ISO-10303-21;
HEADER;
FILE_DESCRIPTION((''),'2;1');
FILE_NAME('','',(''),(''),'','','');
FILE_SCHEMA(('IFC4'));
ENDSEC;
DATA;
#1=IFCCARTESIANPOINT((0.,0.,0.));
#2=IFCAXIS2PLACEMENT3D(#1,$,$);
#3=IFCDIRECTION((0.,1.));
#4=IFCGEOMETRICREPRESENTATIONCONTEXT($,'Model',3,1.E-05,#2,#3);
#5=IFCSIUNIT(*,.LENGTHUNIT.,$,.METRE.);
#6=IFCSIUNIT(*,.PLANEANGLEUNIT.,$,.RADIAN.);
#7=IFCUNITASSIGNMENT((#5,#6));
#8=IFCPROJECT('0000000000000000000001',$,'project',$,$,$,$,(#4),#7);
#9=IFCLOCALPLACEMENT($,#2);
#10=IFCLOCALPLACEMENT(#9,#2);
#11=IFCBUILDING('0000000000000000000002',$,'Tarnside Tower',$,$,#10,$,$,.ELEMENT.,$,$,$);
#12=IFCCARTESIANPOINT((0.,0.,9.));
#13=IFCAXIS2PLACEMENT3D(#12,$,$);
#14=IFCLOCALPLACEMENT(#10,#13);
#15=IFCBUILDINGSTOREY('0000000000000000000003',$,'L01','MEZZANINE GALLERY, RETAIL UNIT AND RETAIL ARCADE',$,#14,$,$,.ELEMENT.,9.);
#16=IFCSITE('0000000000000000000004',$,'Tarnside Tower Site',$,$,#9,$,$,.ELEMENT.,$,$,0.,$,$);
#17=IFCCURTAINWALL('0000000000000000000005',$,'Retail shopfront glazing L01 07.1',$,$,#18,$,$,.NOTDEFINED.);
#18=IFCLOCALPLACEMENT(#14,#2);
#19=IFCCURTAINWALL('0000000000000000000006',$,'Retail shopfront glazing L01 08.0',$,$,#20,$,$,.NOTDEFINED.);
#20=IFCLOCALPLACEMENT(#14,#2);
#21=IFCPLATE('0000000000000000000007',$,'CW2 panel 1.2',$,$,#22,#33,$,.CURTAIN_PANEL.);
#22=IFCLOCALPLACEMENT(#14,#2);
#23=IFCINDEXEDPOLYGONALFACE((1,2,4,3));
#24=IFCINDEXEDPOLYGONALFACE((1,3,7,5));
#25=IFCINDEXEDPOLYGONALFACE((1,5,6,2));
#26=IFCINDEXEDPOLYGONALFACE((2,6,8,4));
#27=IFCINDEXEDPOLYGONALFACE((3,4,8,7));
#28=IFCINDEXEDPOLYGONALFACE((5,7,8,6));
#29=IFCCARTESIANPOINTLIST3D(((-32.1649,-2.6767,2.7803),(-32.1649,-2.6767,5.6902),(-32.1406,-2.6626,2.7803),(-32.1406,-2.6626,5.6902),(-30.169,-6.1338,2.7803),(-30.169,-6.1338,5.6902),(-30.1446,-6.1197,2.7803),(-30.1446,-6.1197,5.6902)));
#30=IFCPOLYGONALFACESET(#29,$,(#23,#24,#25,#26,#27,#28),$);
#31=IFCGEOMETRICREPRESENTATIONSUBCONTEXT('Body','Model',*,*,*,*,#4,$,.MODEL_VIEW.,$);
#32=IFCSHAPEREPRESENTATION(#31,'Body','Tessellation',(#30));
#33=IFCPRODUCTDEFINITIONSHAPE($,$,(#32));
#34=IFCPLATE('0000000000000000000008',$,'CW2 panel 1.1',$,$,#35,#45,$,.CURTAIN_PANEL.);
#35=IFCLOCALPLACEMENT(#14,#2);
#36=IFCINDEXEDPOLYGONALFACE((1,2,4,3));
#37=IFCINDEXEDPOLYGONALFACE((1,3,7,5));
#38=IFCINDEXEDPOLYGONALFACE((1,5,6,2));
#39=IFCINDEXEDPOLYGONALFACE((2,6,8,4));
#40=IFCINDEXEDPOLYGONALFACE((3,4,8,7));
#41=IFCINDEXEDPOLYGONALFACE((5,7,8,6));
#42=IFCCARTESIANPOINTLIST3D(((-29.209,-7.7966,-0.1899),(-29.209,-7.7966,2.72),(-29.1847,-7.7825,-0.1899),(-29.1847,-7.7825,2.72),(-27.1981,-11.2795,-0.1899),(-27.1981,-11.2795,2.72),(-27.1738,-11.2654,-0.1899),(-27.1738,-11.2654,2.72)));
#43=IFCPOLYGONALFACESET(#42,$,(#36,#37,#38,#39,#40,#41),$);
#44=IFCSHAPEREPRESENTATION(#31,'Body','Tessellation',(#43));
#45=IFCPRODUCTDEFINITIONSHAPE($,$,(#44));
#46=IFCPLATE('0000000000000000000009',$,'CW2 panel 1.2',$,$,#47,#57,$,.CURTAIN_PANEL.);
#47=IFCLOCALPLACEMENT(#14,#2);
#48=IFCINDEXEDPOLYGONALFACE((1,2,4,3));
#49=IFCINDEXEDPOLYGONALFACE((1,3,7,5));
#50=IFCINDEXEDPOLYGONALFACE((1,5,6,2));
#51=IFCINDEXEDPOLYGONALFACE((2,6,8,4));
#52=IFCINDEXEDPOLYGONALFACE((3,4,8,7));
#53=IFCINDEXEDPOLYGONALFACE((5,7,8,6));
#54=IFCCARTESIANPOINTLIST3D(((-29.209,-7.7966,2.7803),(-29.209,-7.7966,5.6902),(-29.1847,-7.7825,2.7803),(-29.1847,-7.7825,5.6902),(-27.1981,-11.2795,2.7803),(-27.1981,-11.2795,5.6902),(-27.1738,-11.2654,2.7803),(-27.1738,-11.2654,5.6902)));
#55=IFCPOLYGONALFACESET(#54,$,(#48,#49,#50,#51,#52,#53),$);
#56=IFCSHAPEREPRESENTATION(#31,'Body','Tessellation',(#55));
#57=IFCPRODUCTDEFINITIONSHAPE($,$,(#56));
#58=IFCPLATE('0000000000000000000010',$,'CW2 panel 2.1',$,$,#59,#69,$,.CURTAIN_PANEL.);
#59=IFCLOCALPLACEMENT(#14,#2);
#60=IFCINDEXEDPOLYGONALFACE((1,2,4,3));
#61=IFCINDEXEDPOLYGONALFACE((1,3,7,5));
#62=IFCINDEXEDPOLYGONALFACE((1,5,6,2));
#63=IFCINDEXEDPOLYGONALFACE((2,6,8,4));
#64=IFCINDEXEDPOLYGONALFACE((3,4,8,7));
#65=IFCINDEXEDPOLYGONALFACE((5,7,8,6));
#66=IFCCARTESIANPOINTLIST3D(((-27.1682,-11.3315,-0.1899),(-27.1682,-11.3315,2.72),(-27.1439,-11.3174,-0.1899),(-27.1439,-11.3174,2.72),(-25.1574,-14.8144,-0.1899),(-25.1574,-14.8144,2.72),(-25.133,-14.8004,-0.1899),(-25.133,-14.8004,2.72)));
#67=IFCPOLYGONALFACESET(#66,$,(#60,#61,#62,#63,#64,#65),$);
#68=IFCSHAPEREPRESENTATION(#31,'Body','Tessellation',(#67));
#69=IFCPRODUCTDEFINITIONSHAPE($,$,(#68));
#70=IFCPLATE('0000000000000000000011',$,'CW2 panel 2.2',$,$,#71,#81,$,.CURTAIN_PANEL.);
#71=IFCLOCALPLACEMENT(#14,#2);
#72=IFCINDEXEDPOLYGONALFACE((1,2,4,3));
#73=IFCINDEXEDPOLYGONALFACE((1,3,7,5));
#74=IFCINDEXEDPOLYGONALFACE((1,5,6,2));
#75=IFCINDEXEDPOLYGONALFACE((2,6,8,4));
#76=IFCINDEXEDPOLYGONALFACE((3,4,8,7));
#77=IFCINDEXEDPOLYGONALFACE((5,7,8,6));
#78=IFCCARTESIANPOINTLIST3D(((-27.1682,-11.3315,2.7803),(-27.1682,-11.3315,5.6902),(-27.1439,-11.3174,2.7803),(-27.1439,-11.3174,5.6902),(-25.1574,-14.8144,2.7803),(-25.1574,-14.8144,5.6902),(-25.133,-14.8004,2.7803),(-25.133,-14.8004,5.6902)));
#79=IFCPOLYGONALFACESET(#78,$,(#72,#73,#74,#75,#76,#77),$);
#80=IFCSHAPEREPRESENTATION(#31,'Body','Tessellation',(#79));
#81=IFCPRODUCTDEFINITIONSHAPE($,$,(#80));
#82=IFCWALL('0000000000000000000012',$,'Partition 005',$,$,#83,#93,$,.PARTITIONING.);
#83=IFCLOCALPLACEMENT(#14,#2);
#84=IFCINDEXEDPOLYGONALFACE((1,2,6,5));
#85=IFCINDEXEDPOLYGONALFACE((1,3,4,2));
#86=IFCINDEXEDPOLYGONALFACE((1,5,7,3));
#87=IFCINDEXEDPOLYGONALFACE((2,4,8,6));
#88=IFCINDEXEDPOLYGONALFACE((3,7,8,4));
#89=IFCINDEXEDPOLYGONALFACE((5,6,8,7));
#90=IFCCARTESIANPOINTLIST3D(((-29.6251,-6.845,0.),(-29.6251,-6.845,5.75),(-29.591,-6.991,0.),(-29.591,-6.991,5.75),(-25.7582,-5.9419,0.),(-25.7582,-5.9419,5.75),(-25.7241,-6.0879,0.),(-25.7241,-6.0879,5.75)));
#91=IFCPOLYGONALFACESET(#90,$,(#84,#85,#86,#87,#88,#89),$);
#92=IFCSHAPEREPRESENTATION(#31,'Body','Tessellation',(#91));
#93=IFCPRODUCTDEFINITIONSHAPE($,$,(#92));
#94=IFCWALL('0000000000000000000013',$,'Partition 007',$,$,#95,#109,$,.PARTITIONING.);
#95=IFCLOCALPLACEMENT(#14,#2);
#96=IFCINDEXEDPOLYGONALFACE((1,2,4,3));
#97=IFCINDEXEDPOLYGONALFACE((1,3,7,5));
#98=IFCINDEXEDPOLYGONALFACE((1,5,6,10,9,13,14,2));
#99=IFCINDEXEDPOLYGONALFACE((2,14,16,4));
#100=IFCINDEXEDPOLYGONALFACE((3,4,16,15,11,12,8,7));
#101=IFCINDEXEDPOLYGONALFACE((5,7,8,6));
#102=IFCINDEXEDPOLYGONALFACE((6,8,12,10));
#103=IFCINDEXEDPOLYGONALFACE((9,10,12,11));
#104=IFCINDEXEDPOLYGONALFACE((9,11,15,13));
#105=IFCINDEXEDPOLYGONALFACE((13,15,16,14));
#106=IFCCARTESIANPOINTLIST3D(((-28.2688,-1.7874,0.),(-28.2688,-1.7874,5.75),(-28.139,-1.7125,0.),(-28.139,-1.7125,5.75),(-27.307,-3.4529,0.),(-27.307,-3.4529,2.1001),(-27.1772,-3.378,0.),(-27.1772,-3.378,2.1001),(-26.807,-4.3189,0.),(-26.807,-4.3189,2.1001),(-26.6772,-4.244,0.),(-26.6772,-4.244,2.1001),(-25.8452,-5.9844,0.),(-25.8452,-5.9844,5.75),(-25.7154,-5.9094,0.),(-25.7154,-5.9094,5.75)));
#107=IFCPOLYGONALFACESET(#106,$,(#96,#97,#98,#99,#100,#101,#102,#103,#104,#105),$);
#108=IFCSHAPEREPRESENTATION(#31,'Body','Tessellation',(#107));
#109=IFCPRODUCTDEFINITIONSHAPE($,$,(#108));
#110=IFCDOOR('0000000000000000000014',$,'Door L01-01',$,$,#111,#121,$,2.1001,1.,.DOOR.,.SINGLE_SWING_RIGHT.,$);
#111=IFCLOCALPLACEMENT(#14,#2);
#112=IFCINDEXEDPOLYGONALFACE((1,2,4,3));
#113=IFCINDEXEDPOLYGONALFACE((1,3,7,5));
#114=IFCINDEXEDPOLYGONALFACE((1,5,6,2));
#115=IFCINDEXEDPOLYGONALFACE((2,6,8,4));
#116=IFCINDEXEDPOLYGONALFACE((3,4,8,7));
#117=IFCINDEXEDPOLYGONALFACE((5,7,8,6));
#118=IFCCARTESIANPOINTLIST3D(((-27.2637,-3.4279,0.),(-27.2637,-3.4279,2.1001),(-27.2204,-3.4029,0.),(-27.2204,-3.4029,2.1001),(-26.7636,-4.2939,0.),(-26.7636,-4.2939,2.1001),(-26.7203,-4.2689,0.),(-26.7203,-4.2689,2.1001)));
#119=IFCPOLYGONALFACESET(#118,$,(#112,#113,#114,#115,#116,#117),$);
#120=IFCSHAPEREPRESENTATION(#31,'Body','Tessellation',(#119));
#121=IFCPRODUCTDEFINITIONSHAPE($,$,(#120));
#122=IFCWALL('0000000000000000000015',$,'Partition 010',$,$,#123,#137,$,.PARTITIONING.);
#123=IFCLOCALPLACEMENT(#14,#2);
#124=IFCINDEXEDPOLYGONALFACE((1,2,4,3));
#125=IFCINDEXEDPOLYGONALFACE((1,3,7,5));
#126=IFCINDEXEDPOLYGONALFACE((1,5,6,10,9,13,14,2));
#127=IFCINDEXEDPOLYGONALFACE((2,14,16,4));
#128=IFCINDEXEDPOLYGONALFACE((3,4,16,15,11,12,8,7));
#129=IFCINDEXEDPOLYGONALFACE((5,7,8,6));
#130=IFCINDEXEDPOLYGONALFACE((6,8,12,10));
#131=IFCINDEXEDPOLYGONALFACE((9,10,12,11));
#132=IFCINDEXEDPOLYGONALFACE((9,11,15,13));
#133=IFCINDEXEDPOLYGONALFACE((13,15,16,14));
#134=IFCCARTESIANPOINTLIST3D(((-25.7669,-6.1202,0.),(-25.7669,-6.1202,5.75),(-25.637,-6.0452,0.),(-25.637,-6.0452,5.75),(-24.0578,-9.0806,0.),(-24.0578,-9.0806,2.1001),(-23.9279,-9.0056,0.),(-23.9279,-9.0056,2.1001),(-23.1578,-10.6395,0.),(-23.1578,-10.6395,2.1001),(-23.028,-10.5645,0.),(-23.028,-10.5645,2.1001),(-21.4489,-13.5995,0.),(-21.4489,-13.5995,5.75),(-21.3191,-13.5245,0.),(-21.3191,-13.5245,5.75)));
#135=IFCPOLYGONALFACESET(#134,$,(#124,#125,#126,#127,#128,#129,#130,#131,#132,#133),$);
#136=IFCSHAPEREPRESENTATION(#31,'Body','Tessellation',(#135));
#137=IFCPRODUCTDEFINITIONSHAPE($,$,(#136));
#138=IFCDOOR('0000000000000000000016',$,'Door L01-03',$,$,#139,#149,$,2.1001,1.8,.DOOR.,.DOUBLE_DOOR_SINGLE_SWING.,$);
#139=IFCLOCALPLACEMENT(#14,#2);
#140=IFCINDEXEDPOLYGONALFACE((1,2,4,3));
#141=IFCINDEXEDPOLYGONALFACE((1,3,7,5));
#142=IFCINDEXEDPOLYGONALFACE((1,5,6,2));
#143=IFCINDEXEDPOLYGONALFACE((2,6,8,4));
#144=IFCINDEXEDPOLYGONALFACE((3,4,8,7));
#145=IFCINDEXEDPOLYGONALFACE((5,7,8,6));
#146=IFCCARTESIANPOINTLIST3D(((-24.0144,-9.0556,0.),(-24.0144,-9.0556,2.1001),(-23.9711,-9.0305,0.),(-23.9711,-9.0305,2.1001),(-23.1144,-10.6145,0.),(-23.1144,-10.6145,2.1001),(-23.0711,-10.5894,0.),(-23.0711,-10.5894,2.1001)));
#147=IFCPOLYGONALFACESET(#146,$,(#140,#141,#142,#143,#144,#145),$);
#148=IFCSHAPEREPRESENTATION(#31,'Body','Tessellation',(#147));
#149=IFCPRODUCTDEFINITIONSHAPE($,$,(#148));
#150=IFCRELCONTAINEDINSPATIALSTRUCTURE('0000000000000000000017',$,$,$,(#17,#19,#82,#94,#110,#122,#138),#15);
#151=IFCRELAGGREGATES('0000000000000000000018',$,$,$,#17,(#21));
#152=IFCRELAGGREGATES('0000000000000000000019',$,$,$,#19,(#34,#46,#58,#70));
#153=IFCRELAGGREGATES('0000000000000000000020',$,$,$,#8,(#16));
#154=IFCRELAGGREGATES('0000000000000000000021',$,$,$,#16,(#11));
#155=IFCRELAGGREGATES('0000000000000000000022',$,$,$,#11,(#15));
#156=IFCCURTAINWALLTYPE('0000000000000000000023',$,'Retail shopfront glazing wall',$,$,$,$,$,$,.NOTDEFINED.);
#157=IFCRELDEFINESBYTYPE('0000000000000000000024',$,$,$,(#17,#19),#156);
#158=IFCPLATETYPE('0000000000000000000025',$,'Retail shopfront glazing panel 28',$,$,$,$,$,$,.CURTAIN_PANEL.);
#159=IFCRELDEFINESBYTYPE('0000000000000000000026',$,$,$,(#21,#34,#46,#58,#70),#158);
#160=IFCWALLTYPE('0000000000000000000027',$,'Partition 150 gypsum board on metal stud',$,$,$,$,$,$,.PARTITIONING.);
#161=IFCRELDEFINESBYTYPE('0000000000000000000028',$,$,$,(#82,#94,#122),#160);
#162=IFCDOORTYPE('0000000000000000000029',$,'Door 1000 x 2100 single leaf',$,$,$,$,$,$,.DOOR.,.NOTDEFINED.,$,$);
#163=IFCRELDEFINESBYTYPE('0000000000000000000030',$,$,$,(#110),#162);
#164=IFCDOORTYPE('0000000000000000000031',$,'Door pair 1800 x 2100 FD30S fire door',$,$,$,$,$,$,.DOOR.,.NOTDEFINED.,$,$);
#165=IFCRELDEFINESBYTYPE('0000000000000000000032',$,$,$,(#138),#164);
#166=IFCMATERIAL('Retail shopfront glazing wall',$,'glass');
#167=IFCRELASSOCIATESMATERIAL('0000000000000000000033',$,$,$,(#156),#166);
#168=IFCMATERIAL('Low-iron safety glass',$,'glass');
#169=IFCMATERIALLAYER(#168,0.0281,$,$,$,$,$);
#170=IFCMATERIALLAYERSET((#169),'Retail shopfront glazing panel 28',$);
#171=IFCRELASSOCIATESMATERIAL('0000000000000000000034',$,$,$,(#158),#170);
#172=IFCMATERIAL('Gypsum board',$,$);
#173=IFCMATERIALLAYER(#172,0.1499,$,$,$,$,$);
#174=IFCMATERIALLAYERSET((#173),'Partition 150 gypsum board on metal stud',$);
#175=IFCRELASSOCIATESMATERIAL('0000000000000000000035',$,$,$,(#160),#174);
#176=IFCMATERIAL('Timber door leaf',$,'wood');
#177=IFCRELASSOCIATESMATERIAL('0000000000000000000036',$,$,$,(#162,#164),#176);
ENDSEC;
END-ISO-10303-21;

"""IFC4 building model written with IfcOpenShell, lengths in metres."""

from ifc_helpers import new_model, si_unit, direction, frame, frame_2d, origin, origin_2d, place, context, subcontext, project, spatial, rectangle, extrude, material, layer, layer_set, type_object, element, fill, aggregate, save


model = new_model("IFC4")

# Units and contexts
model_context = context("Model", 3, precision=1e-05, world=origin(), true_north=direction((0.0, 1.0)))
body_context = subcontext(model_context, "Body", "Model", "MODEL_VIEW")
ifc_project = project(units=[si_unit("LENGTHUNIT", "METRE"), si_unit("PLANEANGLEUNIT", "RADIAN")], contexts=[model_context])

# Site, building, storey
site_placement = place(None, origin())
site = spatial("IfcSite", under=ifc_project, at=site_placement, Name="Tarnside Tower Site", CompositionType="ELEMENT", RefElevation=0.0)
building_placement = place(site_placement, origin())
building = spatial("IfcBuilding", under=site, at=building_placement, Name="Tarnside Tower", CompositionType="ELEMENT")
storey_placement = place(building_placement, frame((0.0, 0.0, 9.0)))
storey = spatial("IfcBuildingStorey", under=building, at=storey_placement, Name="L01", Description="MEZZANINE GALLERY, RETAIL UNIT AND RETAIL ARCADE", CompositionType="ELEMENT", Elevation=9.0)

# Curtain wall
ifc_material_1 = material(Name="Retail shopfront glazing wall", Category="glass")
curtain_wall_type = type_object("IfcCurtainWallType", Name="Retail shopfront glazing wall", PredefinedType="NOTDEFINED", material=ifc_material_1)
curtain_wall_1_placement = place(storey_placement, origin())
curtain_wall_1 = element("IfcCurtainWall", 1, at=curtain_wall_1_placement, inside=storey, type_object=curtain_wall_type, Name="Retail shopfront glazing L01 07.1", PredefinedType="NOTDEFINED")

# Curtain wall
curtain_wall_2_placement = place(storey_placement, origin())
curtain_wall_2 = element("IfcCurtainWall", 2, at=curtain_wall_2_placement, inside=storey, type_object=curtain_wall_type, Name="Retail shopfront glazing L01 08.0", PredefinedType="NOTDEFINED")

# Plates
ifc_material_2 = material(Name="Low-iron safety glass", Category="glass")
ifc_layer_1 = layer(ifc_material_2, 0.0281)
ifc_layer_set_1 = layer_set([ifc_layer_1], Name="Retail shopfront glazing panel 28")
plate_type = type_object("IfcPlateType", Name="Retail shopfront glazing panel 28", PredefinedType="CURTAIN_PANEL", material=ifc_layer_set_1)
plate_1_placement = place(storey_placement, frame((-31.1548, -4.3982, 2.7803), z_axis=(0.0, 0.0, 1.0), x_axis=(0.5, -0.866025, 0.0)))
plate_1 = element("IfcPlate", 3, at=plate_1_placement, type_object=plate_type, Name="CW2 panel 1.2", PredefinedType="CURTAIN_PANEL", context=body_context, shape_type="SweptSolid", body=[
    extrude(rectangle(XDim=3.9919, YDim=0.0281, at=origin_2d()), origin(), (0.0, 0.0, 1.0), 2.9099),
])
aggregate(curtain_wall_1, [plate_1])
plate_2_placement = place(storey_placement, frame((-28.1914, -9.531, -0.1899), z_axis=(0.0, 0.0, 1.0), x_axis=(0.5, -0.866025, 0.0)))
plate_2 = element("IfcPlate", 4, at=plate_2_placement, type_object=plate_type, Name="CW2 panel 1.1", PredefinedType="CURTAIN_PANEL", context=body_context, shape_type="SweptSolid", body=[
    extrude(rectangle(XDim=4.0217, YDim=0.0281, at=origin_2d()), origin(), (0.0, 0.0, 1.0), 2.9099),
])
plate_3_placement = place(storey_placement, frame((-28.1914, -9.531, 2.7803), z_axis=(0.0, 0.0, 1.0), x_axis=(0.5, -0.866025, 0.0)))
plate_3 = element("IfcPlate", 5, at=plate_3_placement, type_object=plate_type, Name="CW2 panel 1.2", PredefinedType="CURTAIN_PANEL", context=body_context, shape_type="SweptSolid", body=[
    extrude(rectangle(XDim=4.0217, YDim=0.0281, at=origin_2d()), origin(), (0.0, 0.0, 1.0), 2.9099),
])
plate_4_placement = place(storey_placement, frame((-26.1506, -13.0659, -0.1899), z_axis=(0.0, 0.0, 1.0), x_axis=(0.5, -0.866025, 0.0)))
plate_4 = element("IfcPlate", 6, at=plate_4_placement, type_object=plate_type, Name="CW2 panel 2.1", PredefinedType="CURTAIN_PANEL", context=body_context, shape_type="SweptSolid", body=[
    extrude(rectangle(XDim=4.0217, YDim=0.0281, at=origin_2d()), origin(), (0.0, 0.0, 1.0), 2.9099),
])
plate_5_placement = place(storey_placement, frame((-26.1506, -13.0659, 2.7803), z_axis=(0.0, 0.0, 1.0), x_axis=(0.5, -0.866025, 0.0)))
plate_5 = element("IfcPlate", 7, at=plate_5_placement, type_object=plate_type, Name="CW2 panel 2.2", PredefinedType="CURTAIN_PANEL", context=body_context, shape_type="SweptSolid", body=[
    extrude(rectangle(XDim=4.0217, YDim=0.0281, at=origin_2d()), origin(), (0.0, 0.0, 1.0), 2.9099),
])
aggregate(curtain_wall_2, [plate_2, plate_3, plate_4, plate_5])

# Wall
ifc_material_3 = material(Name="Gypsum board")
ifc_layer_2 = layer(ifc_material_3, 0.1499)
ifc_layer_set_2 = layer_set([ifc_layer_2], Name="Partition 150 gypsum board on metal stud")
wall_type = type_object("IfcWallType", Name="Partition 150 gypsum board on metal stud", PredefinedType="PARTITIONING", material=ifc_layer_set_2)
wall_1_placement = place(storey_placement, frame((-29.6079, -6.918, 0.0), z_axis=(0.0, 0.0, 1.0), x_axis=(0.973797, 0.227418, 0.0)))
element("IfcWall", 8, at=wall_1_placement, inside=storey, type_object=wall_type, Name="Partition 005", PredefinedType="PARTITIONING", context=body_context, shape_type="SweptSolid", body=[
    extrude(rectangle(XDim=3.9709, YDim=0.1499, at=frame_2d((1.9854, 0.0))), origin(), (0.0, 0.0, 1.0), 5.75),
])

# Walls, openings, doors
wall_2_placement = place(storey_placement, frame((-25.7803, -5.947, 0.0), z_axis=(0.0, 0.0, 1.0), x_axis=(-0.500067, 0.865987, 0.0)))
wall_2 = element("IfcWall", 9, at=wall_2_placement, inside=storey, type_object=wall_type, Name="Partition 007", PredefinedType="PARTITIONING", context=body_context, shape_type="SweptSolid", body=[
    extrude(rectangle(XDim=4.8464, YDim=0.1499, at=frame_2d((2.4233, 0.0))), origin(), (0.0, 0.0, 1.0), 5.75),
])
opening_1_placement = place(wall_2_placement, frame((1.9233, 0.0, 0.0)))
opening_1 = element("IfcOpeningElement", 10, at=opening_1_placement, cuts=wall_2, PredefinedType="OPENING", context=body_context, shape_type="SweptSolid", body=[
    extrude(rectangle(XDim=1.0, YDim=2.1001, at=frame_2d((0.5, 1.05))), frame((0.0, 0.085, 0.0), z_axis=(0.0, -1.0, 0.0), x_axis=(1.0, 0.0, 0.0)), (0.0, 0.0, 1.0), 0.1699),
])
ifc_material_4 = material(Name="Timber door leaf", Category="wood")
door_type_1 = type_object("IfcDoorType", Name="Door 1000 x 2100 single leaf", OperationType="NOTDEFINED", PredefinedType="DOOR", material=ifc_material_4)
door_1_placement = place(opening_1_placement, origin())
door_1 = element("IfcDoor", 11, at=door_1_placement, inside=storey, type_object=door_type_1, Name="Door L01-01", OperationType="SINGLE_SWING_RIGHT", OverallHeight=2.1001, OverallWidth=1.0, PredefinedType="DOOR", context=body_context, shape_type="SweptSolid", body=[
    extrude(rectangle(XDim=1.0, YDim=2.1001, at=frame_2d((0.5, 1.05))), frame((0.0, 0.0249, 0.0), z_axis=(0.0, -1.0, 0.0), x_axis=(1.0, 0.0, 0.0)), (0.0, 0.0, 1.0), 0.05),
])
fill(opening_1, door_1)
wall_3_placement = place(storey_placement, frame((-21.384, -13.562, 0.0), z_axis=(0.0, 0.0, 1.0), x_axis=(-0.499976, 0.866039, 0.0)))
wall_3 = element("IfcWall", 12, at=wall_3_placement, inside=storey, type_object=wall_type, Name="Partition 010", PredefinedType="PARTITIONING", context=body_context, shape_type="SweptSolid", body=[
    extrude(rectangle(XDim=8.6362, YDim=0.1499, at=frame_2d((4.3181, 0.0))), origin(), (0.0, 0.0, 1.0), 5.75),
])
opening_2_placement = place(wall_3_placement, frame((3.418, 0.0, 0.0)))
opening_2 = element("IfcOpeningElement", 13, at=opening_2_placement, cuts=wall_3, PredefinedType="OPENING", context=body_context, shape_type="SweptSolid", body=[
    extrude(rectangle(XDim=1.8, YDim=2.1001, at=frame_2d((0.8999, 1.05))), frame((0.0, 0.085, 0.0), z_axis=(0.0, -1.0, 0.0), x_axis=(1.0, 0.0, 0.0)), (0.0, 0.0, 1.0), 0.1699),
])
door_type_2 = type_object("IfcDoorType", Name="Door pair 1800 x 2100 FD30S fire door", OperationType="NOTDEFINED", PredefinedType="DOOR", material=ifc_material_4)
door_2_placement = place(opening_2_placement, origin())
door_2 = element("IfcDoor", 14, at=door_2_placement, inside=storey, type_object=door_type_2, Name="Door L01-03", OperationType="DOUBLE_DOOR_SINGLE_SWING", OverallHeight=2.1001, OverallWidth=1.8, PredefinedType="DOOR", context=body_context, shape_type="SweptSolid", body=[
    extrude(rectangle(XDim=1.8, YDim=2.1001, at=frame_2d((0.8999, 1.05))), frame((0.0, 0.0249, 0.0), z_axis=(0.0, -1.0, 0.0), x_axis=(1.0, 0.0, 0.0)), (0.0, 0.0, 1.0), 0.05),
])
fill(opening_2, door_2)

save(model, "model.ifc")
